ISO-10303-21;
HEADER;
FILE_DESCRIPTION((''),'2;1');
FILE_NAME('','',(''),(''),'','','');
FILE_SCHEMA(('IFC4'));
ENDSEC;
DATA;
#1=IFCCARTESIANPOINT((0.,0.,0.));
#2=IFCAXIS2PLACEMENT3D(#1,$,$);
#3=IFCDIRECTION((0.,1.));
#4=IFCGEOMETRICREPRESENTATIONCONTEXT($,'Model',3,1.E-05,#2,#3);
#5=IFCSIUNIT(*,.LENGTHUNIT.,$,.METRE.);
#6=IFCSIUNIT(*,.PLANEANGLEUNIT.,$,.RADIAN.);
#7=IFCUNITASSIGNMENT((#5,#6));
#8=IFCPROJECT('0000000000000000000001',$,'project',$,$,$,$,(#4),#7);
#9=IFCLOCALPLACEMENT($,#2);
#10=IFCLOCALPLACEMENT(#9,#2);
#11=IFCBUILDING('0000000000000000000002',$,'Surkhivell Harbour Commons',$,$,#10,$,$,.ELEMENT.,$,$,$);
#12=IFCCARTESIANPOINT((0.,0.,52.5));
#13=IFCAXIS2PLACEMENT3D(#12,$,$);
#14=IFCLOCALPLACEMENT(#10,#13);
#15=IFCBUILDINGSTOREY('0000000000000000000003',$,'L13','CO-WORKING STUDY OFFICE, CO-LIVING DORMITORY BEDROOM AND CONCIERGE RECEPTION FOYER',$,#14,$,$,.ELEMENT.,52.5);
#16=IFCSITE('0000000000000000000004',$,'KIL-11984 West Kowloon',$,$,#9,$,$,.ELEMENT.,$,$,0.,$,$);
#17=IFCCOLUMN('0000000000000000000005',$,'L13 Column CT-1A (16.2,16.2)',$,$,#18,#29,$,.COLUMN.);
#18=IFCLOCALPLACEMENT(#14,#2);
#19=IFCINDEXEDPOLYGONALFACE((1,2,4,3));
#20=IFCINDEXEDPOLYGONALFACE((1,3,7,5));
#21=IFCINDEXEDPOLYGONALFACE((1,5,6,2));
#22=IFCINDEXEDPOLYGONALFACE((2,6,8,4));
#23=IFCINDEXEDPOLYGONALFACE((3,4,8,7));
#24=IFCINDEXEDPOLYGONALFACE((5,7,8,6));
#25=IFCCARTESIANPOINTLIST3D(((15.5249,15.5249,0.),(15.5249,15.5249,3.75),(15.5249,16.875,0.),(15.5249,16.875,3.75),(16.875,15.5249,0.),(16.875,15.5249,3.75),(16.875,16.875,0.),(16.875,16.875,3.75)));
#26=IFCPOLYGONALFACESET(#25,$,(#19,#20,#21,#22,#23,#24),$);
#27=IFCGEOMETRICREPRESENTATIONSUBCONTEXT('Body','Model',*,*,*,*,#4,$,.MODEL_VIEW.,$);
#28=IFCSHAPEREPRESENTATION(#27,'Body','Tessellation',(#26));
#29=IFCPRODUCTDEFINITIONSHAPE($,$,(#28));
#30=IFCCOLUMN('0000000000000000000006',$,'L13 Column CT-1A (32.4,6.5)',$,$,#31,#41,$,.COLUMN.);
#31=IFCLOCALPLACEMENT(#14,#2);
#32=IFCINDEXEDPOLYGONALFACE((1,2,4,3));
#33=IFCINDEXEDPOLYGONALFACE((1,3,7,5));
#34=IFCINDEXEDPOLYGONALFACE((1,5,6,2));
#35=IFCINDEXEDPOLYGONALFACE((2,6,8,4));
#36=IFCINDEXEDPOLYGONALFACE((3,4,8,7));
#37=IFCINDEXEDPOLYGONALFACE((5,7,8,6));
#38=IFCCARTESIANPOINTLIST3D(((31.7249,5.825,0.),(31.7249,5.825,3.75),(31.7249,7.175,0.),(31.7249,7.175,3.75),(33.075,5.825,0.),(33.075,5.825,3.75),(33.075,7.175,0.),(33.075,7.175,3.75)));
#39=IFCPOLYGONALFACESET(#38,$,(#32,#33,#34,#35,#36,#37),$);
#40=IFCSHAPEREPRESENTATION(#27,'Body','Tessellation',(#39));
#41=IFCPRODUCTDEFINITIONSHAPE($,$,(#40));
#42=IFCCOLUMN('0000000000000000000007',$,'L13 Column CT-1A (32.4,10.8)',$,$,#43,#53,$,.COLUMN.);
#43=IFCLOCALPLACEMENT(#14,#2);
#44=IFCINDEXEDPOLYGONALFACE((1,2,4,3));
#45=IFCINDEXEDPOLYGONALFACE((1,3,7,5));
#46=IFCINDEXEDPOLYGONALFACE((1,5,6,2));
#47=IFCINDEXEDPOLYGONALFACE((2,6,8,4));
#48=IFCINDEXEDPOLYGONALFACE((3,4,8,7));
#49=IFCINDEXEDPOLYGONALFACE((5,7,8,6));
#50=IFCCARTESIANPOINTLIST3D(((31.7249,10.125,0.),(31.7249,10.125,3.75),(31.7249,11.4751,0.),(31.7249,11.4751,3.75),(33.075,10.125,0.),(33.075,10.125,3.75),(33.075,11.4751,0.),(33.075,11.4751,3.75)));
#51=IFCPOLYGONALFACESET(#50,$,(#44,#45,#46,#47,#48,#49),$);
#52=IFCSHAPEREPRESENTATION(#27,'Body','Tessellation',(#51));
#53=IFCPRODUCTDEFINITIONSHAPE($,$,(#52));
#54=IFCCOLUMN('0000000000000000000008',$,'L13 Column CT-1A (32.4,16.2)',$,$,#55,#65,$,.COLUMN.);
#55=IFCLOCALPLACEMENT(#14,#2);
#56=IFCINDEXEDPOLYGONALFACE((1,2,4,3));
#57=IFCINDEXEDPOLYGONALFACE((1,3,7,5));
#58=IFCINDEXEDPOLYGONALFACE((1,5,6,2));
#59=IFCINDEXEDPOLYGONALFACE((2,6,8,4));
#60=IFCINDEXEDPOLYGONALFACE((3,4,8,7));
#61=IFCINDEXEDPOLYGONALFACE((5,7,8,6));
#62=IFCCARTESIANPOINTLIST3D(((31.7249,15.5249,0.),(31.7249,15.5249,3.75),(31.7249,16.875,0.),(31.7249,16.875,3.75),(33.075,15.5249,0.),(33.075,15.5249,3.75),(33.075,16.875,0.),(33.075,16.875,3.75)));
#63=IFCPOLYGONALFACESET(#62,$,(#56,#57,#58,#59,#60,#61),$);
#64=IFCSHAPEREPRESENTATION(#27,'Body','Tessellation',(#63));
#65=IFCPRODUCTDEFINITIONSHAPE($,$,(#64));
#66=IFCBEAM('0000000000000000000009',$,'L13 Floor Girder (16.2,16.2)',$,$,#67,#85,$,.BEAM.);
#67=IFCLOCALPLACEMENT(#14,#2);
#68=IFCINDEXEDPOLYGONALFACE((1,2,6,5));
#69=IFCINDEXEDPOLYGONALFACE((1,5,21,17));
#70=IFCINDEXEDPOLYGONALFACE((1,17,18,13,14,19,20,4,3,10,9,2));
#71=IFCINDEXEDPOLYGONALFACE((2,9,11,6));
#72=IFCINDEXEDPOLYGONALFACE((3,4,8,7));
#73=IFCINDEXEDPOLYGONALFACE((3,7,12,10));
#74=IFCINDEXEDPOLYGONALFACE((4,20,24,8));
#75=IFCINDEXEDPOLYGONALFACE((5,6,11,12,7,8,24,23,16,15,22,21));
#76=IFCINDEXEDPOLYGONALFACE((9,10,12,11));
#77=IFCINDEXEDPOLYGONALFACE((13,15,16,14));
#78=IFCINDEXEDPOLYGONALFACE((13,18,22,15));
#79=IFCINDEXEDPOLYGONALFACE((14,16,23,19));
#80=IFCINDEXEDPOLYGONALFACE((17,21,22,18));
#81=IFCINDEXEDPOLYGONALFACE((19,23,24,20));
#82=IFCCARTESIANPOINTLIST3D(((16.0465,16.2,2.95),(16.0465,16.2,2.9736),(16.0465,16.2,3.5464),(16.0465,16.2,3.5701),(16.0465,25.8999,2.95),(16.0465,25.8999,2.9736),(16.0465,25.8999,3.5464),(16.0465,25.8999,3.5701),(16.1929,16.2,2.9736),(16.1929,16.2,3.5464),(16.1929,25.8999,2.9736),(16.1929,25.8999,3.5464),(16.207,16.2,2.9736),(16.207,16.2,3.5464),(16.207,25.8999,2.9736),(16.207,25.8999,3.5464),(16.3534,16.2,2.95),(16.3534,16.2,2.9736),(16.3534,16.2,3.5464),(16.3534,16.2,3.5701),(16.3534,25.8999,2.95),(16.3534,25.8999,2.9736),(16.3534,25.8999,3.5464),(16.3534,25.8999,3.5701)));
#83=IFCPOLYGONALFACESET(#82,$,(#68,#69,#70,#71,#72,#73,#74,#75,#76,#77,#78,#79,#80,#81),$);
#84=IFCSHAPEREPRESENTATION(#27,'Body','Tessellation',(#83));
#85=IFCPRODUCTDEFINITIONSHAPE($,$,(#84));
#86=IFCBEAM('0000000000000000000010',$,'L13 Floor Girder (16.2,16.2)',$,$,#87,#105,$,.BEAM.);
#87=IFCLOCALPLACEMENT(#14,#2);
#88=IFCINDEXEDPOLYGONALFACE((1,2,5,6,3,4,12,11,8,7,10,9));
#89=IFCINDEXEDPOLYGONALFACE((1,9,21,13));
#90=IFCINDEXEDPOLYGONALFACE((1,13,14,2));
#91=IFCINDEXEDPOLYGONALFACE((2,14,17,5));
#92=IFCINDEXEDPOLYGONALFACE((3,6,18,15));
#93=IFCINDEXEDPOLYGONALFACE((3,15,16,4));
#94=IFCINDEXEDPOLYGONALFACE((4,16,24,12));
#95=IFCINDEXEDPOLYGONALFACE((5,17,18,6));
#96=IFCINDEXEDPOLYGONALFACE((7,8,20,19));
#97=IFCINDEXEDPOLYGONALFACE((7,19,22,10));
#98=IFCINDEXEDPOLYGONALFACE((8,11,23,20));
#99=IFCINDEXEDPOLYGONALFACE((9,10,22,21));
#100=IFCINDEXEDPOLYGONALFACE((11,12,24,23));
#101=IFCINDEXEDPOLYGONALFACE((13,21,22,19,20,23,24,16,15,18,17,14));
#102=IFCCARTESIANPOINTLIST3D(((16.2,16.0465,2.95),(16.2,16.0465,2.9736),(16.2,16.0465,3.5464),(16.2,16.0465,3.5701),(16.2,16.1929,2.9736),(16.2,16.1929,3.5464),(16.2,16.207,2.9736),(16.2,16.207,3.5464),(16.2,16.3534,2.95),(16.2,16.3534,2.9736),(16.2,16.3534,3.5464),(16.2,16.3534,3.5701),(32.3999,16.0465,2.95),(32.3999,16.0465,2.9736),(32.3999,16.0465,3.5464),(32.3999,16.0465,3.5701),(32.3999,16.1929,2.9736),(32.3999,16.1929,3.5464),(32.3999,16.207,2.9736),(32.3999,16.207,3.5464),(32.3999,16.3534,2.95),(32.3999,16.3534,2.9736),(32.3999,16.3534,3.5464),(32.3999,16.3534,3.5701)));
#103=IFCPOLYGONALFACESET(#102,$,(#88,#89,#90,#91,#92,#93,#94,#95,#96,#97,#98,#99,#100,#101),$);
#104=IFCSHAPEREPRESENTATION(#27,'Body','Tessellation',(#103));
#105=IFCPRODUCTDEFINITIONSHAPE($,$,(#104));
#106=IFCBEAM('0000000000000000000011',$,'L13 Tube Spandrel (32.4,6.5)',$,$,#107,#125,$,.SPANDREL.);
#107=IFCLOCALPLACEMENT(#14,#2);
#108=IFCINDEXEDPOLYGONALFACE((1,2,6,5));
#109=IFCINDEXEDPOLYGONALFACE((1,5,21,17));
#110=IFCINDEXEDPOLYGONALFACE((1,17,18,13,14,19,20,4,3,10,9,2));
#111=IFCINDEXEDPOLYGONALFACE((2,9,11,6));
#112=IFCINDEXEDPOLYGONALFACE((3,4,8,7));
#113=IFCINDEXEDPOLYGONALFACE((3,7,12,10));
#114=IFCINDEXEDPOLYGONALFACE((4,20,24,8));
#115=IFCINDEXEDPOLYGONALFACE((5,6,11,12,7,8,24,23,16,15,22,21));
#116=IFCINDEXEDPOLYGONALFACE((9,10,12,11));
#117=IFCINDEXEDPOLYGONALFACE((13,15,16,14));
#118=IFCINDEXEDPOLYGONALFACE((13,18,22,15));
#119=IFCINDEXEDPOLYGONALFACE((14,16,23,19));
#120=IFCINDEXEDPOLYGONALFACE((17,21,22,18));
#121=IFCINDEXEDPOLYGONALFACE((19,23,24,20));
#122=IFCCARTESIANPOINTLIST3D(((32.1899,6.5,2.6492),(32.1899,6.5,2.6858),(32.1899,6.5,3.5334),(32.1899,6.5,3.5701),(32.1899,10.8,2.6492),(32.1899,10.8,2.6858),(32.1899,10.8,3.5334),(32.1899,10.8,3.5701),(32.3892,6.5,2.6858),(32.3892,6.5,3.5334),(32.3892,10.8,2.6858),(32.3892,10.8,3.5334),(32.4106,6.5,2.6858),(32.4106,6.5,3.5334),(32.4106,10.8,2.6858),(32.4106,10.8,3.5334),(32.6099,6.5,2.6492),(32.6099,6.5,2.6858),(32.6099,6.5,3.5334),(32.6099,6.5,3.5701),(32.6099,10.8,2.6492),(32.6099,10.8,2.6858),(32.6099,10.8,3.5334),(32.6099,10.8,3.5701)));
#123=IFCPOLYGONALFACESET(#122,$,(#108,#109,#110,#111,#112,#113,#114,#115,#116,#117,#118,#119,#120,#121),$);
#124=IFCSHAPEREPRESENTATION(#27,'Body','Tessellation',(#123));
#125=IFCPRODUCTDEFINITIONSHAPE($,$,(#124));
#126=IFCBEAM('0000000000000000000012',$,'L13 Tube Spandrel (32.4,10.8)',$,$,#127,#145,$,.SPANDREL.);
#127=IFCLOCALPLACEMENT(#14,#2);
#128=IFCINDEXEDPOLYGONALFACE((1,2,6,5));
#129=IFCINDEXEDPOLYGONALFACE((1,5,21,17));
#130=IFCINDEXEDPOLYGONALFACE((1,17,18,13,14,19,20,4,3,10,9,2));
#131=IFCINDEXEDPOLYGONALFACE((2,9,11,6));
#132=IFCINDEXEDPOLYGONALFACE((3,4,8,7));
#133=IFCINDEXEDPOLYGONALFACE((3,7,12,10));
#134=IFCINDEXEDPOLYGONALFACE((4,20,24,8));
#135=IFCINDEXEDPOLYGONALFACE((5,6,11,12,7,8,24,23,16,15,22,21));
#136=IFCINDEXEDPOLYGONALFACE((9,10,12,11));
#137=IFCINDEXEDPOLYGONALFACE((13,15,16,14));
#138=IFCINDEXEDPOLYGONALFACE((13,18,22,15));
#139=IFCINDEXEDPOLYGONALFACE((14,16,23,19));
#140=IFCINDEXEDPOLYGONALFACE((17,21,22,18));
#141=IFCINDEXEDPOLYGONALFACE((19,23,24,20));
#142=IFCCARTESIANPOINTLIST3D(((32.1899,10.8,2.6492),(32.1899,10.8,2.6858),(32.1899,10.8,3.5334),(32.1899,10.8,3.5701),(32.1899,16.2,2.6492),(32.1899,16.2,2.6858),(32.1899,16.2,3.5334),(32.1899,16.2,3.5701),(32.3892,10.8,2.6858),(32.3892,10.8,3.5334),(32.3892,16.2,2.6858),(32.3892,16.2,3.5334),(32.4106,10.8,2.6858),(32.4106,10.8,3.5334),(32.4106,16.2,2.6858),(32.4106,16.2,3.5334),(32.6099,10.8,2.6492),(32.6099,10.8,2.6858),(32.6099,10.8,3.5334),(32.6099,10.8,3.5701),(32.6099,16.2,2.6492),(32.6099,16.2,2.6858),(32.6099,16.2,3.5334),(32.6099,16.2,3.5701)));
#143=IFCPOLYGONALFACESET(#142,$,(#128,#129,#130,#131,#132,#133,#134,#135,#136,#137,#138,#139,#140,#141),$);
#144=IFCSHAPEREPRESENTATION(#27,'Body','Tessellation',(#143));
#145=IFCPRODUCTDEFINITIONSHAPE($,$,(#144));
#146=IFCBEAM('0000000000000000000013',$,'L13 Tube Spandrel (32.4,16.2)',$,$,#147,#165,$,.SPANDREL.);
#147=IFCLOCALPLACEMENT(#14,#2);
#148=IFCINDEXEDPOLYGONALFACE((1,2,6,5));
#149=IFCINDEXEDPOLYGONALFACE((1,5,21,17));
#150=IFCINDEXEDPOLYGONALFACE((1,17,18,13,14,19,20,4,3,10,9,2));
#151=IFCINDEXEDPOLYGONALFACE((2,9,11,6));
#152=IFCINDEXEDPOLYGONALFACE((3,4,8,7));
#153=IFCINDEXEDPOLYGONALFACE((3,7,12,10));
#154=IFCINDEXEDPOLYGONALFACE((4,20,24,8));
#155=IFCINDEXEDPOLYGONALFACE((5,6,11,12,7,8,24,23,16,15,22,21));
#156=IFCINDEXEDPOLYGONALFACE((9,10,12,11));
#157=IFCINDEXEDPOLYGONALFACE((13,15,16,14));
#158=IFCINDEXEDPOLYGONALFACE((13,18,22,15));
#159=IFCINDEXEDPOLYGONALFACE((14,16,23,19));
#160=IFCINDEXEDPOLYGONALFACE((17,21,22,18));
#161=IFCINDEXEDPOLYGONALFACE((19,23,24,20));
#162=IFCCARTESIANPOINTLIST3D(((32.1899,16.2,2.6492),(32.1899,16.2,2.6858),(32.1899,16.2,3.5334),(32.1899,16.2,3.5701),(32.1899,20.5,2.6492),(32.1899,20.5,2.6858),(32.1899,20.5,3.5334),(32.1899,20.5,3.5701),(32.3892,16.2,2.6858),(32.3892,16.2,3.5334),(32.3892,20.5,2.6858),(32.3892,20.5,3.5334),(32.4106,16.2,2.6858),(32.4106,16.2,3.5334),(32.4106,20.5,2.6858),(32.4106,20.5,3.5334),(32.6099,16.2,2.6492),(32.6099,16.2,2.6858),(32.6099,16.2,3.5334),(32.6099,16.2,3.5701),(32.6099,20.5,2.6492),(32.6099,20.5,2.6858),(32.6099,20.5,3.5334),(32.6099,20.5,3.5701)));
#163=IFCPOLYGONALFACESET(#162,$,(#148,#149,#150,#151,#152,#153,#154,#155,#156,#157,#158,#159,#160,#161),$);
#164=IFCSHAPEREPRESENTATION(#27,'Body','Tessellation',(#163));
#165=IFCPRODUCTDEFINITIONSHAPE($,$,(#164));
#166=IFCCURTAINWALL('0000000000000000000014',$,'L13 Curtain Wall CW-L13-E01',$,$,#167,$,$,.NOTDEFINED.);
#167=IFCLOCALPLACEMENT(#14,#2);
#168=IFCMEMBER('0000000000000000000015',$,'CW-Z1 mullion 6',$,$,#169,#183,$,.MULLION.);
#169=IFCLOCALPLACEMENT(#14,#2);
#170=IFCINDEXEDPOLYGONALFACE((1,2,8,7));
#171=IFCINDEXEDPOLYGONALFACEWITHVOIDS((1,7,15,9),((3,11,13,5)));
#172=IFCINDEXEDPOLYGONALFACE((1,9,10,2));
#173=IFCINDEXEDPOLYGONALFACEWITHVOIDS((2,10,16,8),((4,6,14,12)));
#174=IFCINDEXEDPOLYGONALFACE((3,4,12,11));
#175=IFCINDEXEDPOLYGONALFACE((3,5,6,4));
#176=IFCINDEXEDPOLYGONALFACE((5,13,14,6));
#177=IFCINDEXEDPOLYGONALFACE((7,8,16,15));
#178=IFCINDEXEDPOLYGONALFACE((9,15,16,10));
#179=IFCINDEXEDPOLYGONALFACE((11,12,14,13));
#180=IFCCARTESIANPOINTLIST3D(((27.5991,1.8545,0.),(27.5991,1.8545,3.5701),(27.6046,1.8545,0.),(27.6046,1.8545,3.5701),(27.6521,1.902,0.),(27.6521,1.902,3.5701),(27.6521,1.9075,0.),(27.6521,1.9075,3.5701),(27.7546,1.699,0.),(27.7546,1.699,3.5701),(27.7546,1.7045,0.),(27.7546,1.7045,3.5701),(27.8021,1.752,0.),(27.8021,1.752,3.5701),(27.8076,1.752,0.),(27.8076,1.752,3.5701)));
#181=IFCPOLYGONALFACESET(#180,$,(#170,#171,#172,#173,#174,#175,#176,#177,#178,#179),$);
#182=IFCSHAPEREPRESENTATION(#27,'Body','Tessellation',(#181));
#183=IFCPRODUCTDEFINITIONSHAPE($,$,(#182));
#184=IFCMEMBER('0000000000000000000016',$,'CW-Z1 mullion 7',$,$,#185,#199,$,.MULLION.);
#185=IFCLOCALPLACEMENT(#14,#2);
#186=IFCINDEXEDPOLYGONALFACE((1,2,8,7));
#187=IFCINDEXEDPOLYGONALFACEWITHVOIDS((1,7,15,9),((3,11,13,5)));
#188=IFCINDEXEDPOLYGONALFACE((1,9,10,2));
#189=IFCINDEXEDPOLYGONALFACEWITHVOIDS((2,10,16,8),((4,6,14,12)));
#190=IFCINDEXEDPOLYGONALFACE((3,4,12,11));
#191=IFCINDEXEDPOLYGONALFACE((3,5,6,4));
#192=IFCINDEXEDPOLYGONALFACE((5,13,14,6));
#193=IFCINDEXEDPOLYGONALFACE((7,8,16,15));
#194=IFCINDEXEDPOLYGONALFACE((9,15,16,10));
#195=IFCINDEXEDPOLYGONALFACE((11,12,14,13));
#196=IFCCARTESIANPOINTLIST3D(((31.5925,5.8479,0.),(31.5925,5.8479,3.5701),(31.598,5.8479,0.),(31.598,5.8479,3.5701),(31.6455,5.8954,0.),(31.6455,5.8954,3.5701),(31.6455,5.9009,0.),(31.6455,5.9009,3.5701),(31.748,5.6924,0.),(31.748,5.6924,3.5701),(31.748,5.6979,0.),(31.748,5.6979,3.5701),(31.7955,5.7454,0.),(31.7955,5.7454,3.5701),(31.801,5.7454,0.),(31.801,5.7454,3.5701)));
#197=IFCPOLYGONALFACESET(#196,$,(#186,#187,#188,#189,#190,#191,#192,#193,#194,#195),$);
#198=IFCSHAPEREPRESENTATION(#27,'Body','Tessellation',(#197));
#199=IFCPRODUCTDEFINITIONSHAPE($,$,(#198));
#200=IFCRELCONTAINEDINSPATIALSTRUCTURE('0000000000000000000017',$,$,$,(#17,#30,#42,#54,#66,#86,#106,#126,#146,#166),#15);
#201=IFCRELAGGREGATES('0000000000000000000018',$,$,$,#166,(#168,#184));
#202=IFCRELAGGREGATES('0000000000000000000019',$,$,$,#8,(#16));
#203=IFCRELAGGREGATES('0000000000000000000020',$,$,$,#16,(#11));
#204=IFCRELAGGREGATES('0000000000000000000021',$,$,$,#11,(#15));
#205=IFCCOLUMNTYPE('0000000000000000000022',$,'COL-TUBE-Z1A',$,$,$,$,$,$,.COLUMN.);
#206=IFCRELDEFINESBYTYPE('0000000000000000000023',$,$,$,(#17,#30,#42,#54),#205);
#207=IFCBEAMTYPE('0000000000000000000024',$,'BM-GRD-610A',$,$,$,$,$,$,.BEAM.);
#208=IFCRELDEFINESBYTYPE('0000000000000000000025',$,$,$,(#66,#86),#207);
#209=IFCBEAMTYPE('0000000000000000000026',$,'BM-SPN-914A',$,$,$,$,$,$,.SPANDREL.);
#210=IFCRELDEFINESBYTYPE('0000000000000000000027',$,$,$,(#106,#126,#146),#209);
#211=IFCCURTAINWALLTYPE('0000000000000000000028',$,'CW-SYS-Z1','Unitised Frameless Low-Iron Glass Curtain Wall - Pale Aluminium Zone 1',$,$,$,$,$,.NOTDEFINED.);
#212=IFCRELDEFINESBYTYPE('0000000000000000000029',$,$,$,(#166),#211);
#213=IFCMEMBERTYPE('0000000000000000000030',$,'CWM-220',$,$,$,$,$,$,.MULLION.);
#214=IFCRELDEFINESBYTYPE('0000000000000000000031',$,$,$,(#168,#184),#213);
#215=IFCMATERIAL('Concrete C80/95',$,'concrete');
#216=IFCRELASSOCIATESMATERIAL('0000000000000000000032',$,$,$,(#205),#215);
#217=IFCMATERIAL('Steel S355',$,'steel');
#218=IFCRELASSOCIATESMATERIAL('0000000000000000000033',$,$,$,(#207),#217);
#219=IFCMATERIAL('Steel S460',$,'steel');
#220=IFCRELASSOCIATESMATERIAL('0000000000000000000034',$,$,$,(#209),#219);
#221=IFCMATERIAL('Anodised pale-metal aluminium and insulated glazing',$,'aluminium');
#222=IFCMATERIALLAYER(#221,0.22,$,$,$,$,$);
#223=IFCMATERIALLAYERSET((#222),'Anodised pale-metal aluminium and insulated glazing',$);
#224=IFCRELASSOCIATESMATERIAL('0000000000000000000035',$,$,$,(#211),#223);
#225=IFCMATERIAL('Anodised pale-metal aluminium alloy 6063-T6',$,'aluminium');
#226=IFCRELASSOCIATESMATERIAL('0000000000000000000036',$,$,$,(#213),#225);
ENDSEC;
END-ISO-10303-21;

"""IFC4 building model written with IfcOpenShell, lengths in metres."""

from ifc_helpers import new_model, si_unit, direction, frame, origin, origin_2d, place, context, subcontext, project, spatial, rectangle, hollow_rectangle, i_section, extrude, material, layer, layer_set, material_profile, profile_set, type_object, element, aggregate, save


model = new_model("IFC4")

# Units and contexts
model_context = context("Model", 3, precision=1e-05, world=origin(), true_north=direction((0.0, 1.0)))
body_context = subcontext(model_context, "Body", "Model", "MODEL_VIEW")
ifc_project = project(units=[si_unit("LENGTHUNIT", "METRE"), si_unit("PLANEANGLEUNIT", "RADIAN")], contexts=[model_context])

# Site, building, storey
site_placement = place(None, origin())
site = spatial("IfcSite", under=ifc_project, at=site_placement, Name="KIL-11984 West Kowloon", CompositionType="ELEMENT", RefElevation=0.0)
building_placement = place(site_placement, origin())
building = spatial("IfcBuilding", under=site, at=building_placement, Name="Surkhivell Harbour Commons", CompositionType="ELEMENT")
storey_placement = place(building_placement, frame((0.0, 0.0, 52.5)))
storey = spatial("IfcBuildingStorey", under=building, at=storey_placement, Name="L13", Description="CO-WORKING STUDY OFFICE, CO-LIVING DORMITORY BEDROOM AND CONCIERGE RECEPTION FOYER", CompositionType="ELEMENT", Elevation=52.5)

# Columns
ifc_material_1 = material(Name="Concrete C80/95", Category="concrete")
ifc_material_profile_1 = material_profile(ifc_material_1, rectangle(XDim=1.3501, YDim=1.3501, at=origin_2d()), Name="RC-COL-1350x1350")
ifc_profile_set_1 = profile_set([ifc_material_profile_1], Name="Concrete C80/95")
column_type = type_object("IfcColumnType", Name="COL-TUBE-Z1A", PredefinedType="COLUMN", material=ifc_profile_set_1)
for number, where, z_axis, x_axis, name in (
    (1, (16.2, 16.2, 0.0), (0.0, 0.0, 1.0), (1.0, 0.0, 0.0), "L13 Column CT-1A (16.2,16.2)"),
    (2, (32.3999, 6.5, 0.0), (0.0, 0.0, 1.0), (1.0, 0.0, 0.0), "L13 Column CT-1A (32.4,6.5)"),
    (3, (32.3999, 10.8, 0.0), (0.0, 0.0, 1.0), (1.0, 0.0, 0.0), "L13 Column CT-1A (32.4,10.8)"),
    (4, (32.3999, 16.2, 0.0), (0.0, 0.0, 1.0), (1.0, 0.0, 0.0), "L13 Column CT-1A (32.4,16.2)"),
):
    element("IfcColumn", number, at=place(storey_placement, frame(where, z_axis=z_axis, x_axis=x_axis)), inside=storey, type_object=column_type, Name=name, PredefinedType="COLUMN", context=body_context, shape_type="SweptSolid", body=[
        extrude(rectangle(XDim=1.3501, YDim=1.3501, at=origin_2d()), origin(), (0.0, 0.0, 1.0), 3.75),
    ])

# Beams
ifc_material_2 = material(Name="Steel S355", Category="steel")
ifc_material_profile_2 = material_profile(ifc_material_2, i_section(OverallWidth=0.3069, OverallDepth=0.6201, WebThickness=0.0142, FlangeThickness=0.0237, at=origin_2d()), Name="UB610x305x179")
ifc_profile_set_2 = profile_set([ifc_material_profile_2], Name="Steel S355")
beam_type_1 = type_object("IfcBeamType", Name="BM-GRD-610A", PredefinedType="BEAM", material=ifc_profile_set_2)
beam_1_placement = place(storey_placement, frame((16.2, 16.2, 3.26), z_axis=(0.0, 1.0, 0.0), x_axis=(-1.0, 0.0, 0.0)))
element("IfcBeam", 5, at=beam_1_placement, inside=storey, type_object=beam_type_1, Name="L13 Floor Girder (16.2,16.2)", PredefinedType="BEAM", context=body_context, shape_type="SweptSolid", body=[
    extrude(i_section(OverallWidth=0.3069, OverallDepth=0.6201, WebThickness=0.0142, FlangeThickness=0.0237, at=origin_2d()), origin(), (0.0, 0.0, 1.0), 9.7),
])
beam_2_placement = place(storey_placement, frame((16.2, 16.2, 3.26), z_axis=(1.0, 0.0, 0.0), x_axis=(0.0, 1.0, 0.0)))
element("IfcBeam", 6, at=beam_2_placement, inside=storey, type_object=beam_type_1, Name="L13 Floor Girder (16.2,16.2)", PredefinedType="BEAM", context=body_context, shape_type="SweptSolid", body=[
    extrude(i_section(OverallWidth=0.3069, OverallDepth=0.6201, WebThickness=0.0142, FlangeThickness=0.0237, at=origin_2d()), origin(), (0.0, 0.0, 1.0), 16.2),
])
ifc_material_3 = material(Name="Steel S460", Category="steel")
ifc_material_profile_3 = material_profile(ifc_material_3, i_section(OverallWidth=0.4199, OverallDepth=0.9209, WebThickness=0.0215, FlangeThickness=0.0366, at=origin_2d()), Name="UB914x419x388")
ifc_profile_set_3 = profile_set([ifc_material_profile_3], Name="Steel S460")
beam_type_2 = type_object("IfcBeamType", Name="BM-SPN-914A", PredefinedType="SPANDREL", material=ifc_profile_set_3)
beam_3_placement = place(storey_placement, frame((32.3999, 6.5, 3.1096), z_axis=(0.0, 1.0, 0.0), x_axis=(-1.0, 0.0, 0.0)))
element("IfcBeam", 7, at=beam_3_placement, inside=storey, type_object=beam_type_2, Name="L13 Tube Spandrel (32.4,6.5)", PredefinedType="SPANDREL", context=body_context, shape_type="SweptSolid", body=[
    extrude(i_section(OverallWidth=0.4199, OverallDepth=0.9209, WebThickness=0.0215, FlangeThickness=0.0366, at=origin_2d()), origin(), (0.0, 0.0, 1.0), 4.3),
])
beam_4_placement = place(storey_placement, frame((32.3999, 10.8, 3.1096), z_axis=(0.0, 1.0, 0.0), x_axis=(-1.0, 0.0, 0.0)))
element("IfcBeam", 8, at=beam_4_placement, inside=storey, type_object=beam_type_2, Name="L13 Tube Spandrel (32.4,10.8)", PredefinedType="SPANDREL", context=body_context, shape_type="SweptSolid", body=[
    extrude(i_section(OverallWidth=0.4199, OverallDepth=0.9209, WebThickness=0.0215, FlangeThickness=0.0366, at=origin_2d()), origin(), (0.0, 0.0, 1.0), 5.3999),
])
beam_5_placement = place(storey_placement, frame((32.3999, 16.2, 3.1096), z_axis=(0.0, 1.0, 0.0), x_axis=(-1.0, 0.0, 0.0)))
element("IfcBeam", 9, at=beam_5_placement, inside=storey, type_object=beam_type_2, Name="L13 Tube Spandrel (32.4,16.2)", PredefinedType="SPANDREL", context=body_context, shape_type="SweptSolid", body=[
    extrude(i_section(OverallWidth=0.4199, OverallDepth=0.9209, WebThickness=0.0215, FlangeThickness=0.0366, at=origin_2d()), origin(), (0.0, 0.0, 1.0), 4.3),
])

# Curtain wall, members
ifc_material_4 = material(Name="Anodised pale-metal aluminium and insulated glazing", Category="aluminium")
ifc_layer_1 = layer(ifc_material_4, 0.22)
ifc_layer_set_1 = layer_set([ifc_layer_1], Name="Anodised pale-metal aluminium and insulated glazing")
curtain_wall_type = type_object("IfcCurtainWallType", Name="CW-SYS-Z1", Description="Unitised Frameless Low-Iron Glass Curtain Wall - Pale Aluminium Zone 1", PredefinedType="NOTDEFINED", material=ifc_layer_set_1)
curtain_wall_1_placement = place(storey_placement, origin())
curtain_wall_1 = element("IfcCurtainWall", 10, at=curtain_wall_1_placement, inside=storey, type_object=curtain_wall_type, Name="L13 Curtain Wall CW-L13-E01", PredefinedType="NOTDEFINED")
ifc_material_5 = material(Name="Anodised pale-metal aluminium alloy 6063-T6", Category="aluminium")
ifc_material_profile_4 = material_profile(ifc_material_5, hollow_rectangle(XDim=0.075, YDim=0.22, WallThickness=0.0039, at=origin_2d()), Name="ALU-MULL-75x220")
ifc_profile_set_4 = profile_set([ifc_material_profile_4], Name="Anodised pale-metal aluminium alloy 6063-T6")
member_type_1 = type_object("IfcMemberType", Name="CWM-220", PredefinedType="MULLION", material=ifc_profile_set_4)
member_1_placement = place(storey_placement, frame((27.7034, 1.8032, 0.0), z_axis=(0.0, 0.0, 1.0), x_axis=(0.707107, 0.707107, 0.0)))
member_1 = element("IfcMember", 11, at=member_1_placement, type_object=member_type_1, Name="CW-Z1 mullion 6", PredefinedType="MULLION", context=body_context, shape_type="SweptSolid", body=[
    extrude(hollow_rectangle(XDim=0.075, YDim=0.22, WallThickness=0.0039, at=origin_2d()), origin(), (0.0, 0.0, 1.0), 3.5701),
])
member_2_placement = place(storey_placement, frame((31.6968, 5.7966, 0.0), z_axis=(0.0, 0.0, 1.0), x_axis=(0.707107, 0.707107, 0.0)))
member_2 = element("IfcMember", 12, at=member_2_placement, type_object=member_type_1, Name="CW-Z1 mullion 7", PredefinedType="MULLION", context=body_context, shape_type="SweptSolid", body=[
    extrude(hollow_rectangle(XDim=0.075, YDim=0.22, WallThickness=0.0039, at=origin_2d()), origin(), (0.0, 0.0, 1.0), 3.5701),
])

aggregate(curtain_wall_1, [member_1, member_2])

save(model, "model.ifc")
